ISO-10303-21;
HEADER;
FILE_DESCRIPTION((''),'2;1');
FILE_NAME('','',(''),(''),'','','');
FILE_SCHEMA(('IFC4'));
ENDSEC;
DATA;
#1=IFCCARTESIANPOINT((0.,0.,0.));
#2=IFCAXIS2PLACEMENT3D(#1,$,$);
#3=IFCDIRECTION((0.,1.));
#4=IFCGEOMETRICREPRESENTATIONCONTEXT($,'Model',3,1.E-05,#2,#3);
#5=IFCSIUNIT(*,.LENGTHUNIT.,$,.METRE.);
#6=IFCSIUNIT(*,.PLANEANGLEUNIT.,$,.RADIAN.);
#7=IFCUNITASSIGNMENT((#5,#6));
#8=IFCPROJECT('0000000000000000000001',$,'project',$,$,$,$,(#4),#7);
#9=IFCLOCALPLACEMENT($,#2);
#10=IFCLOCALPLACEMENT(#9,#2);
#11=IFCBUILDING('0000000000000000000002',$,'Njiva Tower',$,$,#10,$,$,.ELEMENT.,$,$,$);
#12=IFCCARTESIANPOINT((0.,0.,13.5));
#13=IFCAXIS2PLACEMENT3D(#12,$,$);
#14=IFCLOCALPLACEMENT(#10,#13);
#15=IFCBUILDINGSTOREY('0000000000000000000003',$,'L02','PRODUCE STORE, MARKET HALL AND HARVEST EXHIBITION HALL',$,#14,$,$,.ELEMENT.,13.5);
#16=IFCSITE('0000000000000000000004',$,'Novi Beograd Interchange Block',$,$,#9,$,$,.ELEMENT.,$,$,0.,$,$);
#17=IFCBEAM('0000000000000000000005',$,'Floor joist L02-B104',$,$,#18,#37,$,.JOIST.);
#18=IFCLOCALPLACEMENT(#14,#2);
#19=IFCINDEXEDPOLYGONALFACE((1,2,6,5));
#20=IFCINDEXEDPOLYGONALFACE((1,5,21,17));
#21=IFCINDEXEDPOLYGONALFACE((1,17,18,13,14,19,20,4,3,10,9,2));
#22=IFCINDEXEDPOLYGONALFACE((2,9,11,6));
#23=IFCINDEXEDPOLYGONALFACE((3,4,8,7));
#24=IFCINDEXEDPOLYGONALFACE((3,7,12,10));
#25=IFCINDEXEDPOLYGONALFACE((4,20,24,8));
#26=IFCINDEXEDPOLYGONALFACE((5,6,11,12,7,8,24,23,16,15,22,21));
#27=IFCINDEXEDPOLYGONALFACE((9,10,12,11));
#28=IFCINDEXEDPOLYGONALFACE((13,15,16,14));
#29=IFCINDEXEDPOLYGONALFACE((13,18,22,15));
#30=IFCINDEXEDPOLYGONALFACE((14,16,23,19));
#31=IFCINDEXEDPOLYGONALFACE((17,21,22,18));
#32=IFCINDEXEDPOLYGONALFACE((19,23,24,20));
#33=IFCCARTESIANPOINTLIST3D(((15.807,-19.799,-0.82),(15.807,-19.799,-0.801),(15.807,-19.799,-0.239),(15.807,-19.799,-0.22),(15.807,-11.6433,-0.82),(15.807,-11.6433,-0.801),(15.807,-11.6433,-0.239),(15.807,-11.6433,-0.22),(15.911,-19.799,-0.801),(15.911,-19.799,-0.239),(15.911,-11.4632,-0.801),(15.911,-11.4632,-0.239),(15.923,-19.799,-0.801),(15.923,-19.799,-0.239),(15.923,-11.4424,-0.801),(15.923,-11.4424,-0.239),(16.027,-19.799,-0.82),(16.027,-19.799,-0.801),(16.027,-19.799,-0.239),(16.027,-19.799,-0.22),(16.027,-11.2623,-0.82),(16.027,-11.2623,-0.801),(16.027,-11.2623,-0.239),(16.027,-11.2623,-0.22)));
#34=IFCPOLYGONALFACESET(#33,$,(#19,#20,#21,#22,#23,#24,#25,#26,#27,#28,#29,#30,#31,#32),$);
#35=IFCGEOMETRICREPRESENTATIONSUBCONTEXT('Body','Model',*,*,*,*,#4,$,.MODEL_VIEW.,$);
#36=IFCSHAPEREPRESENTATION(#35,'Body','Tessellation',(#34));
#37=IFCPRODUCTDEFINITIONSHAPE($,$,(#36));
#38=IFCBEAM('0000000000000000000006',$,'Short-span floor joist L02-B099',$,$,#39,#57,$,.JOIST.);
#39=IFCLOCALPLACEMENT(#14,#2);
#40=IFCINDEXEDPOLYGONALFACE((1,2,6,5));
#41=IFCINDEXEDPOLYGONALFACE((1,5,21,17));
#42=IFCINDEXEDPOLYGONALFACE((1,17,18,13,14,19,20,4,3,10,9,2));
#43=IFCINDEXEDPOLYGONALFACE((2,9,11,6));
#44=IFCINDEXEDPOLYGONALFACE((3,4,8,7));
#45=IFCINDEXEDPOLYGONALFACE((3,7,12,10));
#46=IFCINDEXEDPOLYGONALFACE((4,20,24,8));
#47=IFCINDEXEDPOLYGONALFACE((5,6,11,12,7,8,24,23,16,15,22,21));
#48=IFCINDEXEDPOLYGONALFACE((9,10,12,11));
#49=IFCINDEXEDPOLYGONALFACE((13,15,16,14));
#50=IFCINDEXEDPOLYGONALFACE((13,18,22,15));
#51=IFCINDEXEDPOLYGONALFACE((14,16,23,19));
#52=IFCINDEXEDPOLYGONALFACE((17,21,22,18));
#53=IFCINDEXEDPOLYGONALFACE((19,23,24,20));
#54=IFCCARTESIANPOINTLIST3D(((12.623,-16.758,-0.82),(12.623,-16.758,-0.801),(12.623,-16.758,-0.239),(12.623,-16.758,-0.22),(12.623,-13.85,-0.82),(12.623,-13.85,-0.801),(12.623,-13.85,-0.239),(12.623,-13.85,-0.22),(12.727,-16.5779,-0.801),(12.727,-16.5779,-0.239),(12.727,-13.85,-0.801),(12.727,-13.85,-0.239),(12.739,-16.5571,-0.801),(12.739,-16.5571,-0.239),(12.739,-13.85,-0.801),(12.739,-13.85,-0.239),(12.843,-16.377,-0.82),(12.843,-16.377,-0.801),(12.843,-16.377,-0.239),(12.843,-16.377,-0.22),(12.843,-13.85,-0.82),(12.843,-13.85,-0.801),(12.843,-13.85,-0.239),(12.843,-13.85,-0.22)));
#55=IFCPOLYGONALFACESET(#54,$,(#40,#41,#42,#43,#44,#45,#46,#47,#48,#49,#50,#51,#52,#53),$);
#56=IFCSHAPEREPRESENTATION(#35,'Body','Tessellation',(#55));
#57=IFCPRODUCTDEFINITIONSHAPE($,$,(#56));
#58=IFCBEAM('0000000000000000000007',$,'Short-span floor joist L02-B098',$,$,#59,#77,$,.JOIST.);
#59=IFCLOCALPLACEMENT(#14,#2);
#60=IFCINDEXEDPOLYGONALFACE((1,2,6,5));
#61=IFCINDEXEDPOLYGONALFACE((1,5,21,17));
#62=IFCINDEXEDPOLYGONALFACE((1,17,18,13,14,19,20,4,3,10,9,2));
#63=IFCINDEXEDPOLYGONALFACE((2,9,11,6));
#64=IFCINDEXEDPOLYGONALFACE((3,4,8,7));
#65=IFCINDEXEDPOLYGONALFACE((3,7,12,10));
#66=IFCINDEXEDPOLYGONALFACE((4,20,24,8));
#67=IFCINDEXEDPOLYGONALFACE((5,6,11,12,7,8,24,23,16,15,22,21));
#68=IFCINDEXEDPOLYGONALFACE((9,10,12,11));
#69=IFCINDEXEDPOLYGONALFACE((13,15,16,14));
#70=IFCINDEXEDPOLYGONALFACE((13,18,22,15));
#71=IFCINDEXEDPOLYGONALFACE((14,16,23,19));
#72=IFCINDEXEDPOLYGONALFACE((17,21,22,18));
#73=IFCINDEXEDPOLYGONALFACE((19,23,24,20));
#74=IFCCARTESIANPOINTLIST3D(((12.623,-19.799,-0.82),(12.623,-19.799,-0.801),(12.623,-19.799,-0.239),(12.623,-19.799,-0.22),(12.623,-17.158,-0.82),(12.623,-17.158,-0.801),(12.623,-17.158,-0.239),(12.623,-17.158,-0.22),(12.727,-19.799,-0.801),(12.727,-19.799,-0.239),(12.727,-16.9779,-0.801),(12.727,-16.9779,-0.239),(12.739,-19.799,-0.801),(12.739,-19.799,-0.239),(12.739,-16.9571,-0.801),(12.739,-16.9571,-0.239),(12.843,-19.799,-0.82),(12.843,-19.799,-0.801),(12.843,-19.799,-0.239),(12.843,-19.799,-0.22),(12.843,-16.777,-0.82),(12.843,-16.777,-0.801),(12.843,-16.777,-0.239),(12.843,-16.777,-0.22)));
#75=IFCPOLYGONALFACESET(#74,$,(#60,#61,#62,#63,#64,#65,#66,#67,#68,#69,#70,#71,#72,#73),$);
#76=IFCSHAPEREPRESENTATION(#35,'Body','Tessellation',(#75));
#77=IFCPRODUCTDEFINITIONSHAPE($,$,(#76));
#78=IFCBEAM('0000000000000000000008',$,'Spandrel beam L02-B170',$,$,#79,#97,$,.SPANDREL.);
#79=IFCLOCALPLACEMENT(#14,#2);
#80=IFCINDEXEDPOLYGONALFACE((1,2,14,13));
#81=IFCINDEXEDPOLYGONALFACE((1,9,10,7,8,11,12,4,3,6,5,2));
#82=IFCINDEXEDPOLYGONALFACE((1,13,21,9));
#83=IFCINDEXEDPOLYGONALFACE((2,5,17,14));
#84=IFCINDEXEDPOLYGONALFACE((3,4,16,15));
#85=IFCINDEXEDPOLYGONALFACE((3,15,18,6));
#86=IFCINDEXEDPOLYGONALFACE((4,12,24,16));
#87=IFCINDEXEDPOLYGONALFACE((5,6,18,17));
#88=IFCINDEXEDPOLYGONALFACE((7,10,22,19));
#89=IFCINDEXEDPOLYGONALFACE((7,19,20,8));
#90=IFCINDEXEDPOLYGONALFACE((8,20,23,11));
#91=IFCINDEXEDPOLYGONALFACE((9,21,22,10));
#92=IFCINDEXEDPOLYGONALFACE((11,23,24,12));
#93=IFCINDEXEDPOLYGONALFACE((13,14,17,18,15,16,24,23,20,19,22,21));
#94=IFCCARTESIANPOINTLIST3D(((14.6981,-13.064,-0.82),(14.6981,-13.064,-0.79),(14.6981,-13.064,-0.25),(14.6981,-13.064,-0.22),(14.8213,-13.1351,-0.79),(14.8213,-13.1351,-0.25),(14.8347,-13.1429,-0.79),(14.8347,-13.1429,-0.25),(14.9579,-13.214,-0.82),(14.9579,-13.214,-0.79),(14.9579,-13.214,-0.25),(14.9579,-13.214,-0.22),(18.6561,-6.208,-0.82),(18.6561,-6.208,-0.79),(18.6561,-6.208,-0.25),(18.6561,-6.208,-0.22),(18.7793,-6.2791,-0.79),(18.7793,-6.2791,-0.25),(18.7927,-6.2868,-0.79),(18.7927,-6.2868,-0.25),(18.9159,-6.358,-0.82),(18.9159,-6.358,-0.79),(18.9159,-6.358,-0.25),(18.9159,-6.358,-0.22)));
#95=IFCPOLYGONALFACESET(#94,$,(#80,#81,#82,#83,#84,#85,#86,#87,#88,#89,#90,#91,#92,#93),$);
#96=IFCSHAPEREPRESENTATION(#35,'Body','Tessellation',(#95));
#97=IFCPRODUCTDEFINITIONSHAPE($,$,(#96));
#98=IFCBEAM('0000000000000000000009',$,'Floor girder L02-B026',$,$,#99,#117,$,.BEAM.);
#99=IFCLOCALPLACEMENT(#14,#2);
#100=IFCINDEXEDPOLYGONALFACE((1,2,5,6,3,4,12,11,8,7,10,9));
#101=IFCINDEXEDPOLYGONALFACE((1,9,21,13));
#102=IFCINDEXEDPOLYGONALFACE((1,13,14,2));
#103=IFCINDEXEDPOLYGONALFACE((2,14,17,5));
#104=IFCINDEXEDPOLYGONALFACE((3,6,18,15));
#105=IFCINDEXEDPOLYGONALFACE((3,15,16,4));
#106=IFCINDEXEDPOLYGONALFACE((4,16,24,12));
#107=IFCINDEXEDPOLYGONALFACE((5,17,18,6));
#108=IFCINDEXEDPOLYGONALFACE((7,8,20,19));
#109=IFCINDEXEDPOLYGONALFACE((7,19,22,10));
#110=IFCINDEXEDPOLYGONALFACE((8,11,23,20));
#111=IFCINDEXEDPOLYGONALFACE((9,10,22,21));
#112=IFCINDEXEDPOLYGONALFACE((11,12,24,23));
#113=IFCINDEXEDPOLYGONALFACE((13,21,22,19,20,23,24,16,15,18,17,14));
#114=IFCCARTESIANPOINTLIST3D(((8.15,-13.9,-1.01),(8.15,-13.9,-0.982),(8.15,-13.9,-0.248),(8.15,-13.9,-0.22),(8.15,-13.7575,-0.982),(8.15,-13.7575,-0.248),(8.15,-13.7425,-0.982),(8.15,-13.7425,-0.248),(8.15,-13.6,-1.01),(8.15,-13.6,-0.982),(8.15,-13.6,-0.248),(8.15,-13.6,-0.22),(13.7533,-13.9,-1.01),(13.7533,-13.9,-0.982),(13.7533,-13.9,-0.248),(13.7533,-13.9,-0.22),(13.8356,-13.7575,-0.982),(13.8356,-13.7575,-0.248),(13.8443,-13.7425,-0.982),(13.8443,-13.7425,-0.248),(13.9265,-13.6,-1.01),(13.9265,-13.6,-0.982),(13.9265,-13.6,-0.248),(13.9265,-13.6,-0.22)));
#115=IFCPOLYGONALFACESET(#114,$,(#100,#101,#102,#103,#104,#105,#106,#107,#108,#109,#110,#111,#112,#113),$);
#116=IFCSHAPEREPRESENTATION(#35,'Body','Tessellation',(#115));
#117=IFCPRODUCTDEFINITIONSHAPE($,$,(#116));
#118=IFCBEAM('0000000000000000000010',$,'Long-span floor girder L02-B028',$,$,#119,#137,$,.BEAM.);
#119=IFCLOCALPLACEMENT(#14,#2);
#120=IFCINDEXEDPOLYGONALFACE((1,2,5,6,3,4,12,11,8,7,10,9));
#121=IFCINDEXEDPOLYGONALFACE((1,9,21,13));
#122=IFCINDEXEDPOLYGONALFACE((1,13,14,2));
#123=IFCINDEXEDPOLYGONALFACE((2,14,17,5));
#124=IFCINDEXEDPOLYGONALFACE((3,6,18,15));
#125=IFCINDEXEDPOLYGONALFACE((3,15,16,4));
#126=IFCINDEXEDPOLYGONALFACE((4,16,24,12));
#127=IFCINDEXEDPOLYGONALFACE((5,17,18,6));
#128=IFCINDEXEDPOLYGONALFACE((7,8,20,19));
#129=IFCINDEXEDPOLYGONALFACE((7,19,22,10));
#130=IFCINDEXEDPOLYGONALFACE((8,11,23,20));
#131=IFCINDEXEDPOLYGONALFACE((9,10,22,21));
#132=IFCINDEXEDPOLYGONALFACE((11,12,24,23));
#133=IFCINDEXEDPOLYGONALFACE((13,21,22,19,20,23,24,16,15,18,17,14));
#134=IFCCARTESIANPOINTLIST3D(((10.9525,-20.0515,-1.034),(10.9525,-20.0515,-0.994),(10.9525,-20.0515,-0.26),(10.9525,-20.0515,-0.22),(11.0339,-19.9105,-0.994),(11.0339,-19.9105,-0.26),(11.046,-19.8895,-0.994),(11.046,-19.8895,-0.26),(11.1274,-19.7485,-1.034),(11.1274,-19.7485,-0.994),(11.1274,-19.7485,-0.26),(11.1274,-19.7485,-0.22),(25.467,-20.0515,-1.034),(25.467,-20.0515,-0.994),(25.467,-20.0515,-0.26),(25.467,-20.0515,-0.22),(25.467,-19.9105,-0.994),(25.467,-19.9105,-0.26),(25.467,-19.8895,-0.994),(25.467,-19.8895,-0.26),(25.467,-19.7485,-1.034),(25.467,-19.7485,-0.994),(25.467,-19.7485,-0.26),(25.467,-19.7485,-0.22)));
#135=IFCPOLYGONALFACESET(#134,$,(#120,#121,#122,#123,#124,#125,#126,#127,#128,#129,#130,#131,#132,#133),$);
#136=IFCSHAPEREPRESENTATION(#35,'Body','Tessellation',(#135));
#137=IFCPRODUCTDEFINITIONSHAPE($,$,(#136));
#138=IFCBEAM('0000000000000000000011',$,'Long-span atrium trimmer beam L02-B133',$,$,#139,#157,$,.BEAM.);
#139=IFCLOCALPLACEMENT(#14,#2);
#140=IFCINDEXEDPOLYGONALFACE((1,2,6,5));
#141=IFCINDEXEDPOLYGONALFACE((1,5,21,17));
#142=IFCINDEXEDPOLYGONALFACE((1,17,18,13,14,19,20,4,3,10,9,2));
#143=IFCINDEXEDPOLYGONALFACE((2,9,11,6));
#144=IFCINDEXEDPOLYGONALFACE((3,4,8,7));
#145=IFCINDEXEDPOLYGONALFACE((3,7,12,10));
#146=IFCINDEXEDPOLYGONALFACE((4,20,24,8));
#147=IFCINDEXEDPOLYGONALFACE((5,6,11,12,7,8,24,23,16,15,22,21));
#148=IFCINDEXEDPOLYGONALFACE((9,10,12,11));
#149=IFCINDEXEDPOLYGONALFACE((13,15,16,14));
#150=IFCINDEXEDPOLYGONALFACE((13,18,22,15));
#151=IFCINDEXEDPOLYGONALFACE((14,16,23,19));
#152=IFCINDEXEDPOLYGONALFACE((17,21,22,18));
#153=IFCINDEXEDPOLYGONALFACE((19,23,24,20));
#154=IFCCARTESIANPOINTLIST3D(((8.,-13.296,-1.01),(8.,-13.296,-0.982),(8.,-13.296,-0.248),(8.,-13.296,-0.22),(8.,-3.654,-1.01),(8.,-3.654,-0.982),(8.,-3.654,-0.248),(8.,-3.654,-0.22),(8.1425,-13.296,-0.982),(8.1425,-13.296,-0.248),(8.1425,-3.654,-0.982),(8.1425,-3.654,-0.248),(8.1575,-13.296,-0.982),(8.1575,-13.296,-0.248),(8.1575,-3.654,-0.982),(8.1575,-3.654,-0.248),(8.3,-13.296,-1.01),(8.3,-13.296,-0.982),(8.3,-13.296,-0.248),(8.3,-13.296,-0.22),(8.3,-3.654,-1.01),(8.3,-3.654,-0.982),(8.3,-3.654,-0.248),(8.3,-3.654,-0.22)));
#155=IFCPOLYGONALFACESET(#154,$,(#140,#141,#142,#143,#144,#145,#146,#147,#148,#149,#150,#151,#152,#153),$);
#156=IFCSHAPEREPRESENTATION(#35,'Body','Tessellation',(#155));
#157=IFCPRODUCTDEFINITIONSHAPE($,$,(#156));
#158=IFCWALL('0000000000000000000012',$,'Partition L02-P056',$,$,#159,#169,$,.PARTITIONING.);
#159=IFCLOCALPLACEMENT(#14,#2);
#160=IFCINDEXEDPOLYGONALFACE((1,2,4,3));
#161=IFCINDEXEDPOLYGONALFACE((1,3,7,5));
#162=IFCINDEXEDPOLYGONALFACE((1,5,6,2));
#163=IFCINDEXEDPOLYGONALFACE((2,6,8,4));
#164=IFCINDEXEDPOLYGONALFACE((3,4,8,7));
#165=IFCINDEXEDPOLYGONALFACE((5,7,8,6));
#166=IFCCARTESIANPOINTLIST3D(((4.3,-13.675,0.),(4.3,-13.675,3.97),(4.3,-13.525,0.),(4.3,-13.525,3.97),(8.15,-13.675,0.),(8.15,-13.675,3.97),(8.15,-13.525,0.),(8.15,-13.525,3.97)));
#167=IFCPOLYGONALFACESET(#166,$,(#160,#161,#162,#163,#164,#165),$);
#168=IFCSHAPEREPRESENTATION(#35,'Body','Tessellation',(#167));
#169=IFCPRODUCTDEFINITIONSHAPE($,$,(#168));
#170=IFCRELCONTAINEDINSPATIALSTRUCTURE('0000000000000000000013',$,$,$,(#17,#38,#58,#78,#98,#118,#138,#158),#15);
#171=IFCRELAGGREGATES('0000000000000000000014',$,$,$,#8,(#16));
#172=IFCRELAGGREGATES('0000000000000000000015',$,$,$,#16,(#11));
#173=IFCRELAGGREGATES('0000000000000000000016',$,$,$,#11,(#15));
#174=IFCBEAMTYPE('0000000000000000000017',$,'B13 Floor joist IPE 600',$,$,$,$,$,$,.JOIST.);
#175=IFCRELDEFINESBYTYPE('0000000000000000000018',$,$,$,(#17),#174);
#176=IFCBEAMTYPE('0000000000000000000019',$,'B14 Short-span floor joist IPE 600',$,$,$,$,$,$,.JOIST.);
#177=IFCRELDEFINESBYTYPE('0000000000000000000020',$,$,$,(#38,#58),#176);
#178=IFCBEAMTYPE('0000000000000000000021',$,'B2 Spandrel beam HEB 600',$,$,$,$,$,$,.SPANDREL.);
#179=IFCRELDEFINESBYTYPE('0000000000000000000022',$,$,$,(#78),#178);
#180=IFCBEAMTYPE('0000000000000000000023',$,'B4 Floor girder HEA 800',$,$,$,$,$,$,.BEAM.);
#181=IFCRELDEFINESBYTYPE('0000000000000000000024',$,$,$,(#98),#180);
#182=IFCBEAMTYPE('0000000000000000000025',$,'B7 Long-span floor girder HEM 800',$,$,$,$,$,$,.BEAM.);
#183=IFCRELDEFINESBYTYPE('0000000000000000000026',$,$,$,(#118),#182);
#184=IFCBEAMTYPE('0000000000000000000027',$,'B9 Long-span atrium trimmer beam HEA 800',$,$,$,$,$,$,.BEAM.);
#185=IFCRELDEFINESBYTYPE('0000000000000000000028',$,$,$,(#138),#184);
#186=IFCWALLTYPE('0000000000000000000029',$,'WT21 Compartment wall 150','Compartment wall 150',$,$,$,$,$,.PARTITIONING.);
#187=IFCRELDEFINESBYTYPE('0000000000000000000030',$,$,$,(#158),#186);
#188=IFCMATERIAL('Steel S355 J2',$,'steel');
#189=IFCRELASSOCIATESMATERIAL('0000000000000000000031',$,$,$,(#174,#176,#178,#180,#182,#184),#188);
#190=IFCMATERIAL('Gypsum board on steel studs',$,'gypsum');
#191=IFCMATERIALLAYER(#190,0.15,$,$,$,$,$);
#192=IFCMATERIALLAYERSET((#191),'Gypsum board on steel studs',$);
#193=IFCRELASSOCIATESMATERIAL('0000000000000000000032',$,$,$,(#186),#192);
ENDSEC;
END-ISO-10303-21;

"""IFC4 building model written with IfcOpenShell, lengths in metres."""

from ifc_helpers import new_model, si_unit, direction, frame, frame_2d, origin, origin_2d, place, context, subcontext, project, spatial, rectangle, i_section, extrude, clip, halfspace, material, layer, layer_set, material_profile, profile_set, type_object, element, save


model = new_model("IFC4")

# Units and contexts
model_context = context("Model", 3, precision=1e-05, world=origin(), true_north=direction((0.0, 1.0)))
body_context = subcontext(model_context, "Body", "Model", "MODEL_VIEW")
ifc_project = project(units=[si_unit("LENGTHUNIT", "METRE"), si_unit("PLANEANGLEUNIT", "RADIAN")], contexts=[model_context])

# Site, building, storey
site_placement = place(None, origin())
site = spatial("IfcSite", under=ifc_project, at=site_placement, Name="Novi Beograd Interchange Block", CompositionType="ELEMENT", RefElevation=0.0)
building_placement = place(site_placement, origin())
building = spatial("IfcBuilding", under=site, at=building_placement, Name="Njiva Tower", CompositionType="ELEMENT")
storey_placement = place(building_placement, frame((0.0, 0.0, 13.5)))
storey = spatial("IfcBuildingStorey", under=building, at=storey_placement, Name="L02", Description="PRODUCE STORE, MARKET HALL AND HARVEST EXHIBITION HALL", CompositionType="ELEMENT", Elevation=13.5)

# Shared definitions
ifc_material_1 = material(Name="Steel S355 J2", Category="steel")

# Beams
ifc_material_profile_1 = material_profile(ifc_material_1, i_section(OverallWidth=0.22, OverallDepth=0.6, WebThickness=0.012, FlangeThickness=0.019, at=origin_2d()), Name="IPE 600")
ifc_profile_set_1 = profile_set([ifc_material_profile_1], Name="Steel S355 J2")
beam_type_1 = type_object("IfcBeamType", Name="B13 Floor joist IPE 600", PredefinedType="JOIST", material=ifc_profile_set_1)
beam_1_placement = place(storey_placement, frame((15.917, -11.242, -0.52), z_axis=(0.0, -1.0, 0.0), x_axis=(1.0, 0.0, 0.0)))
element("IfcBeam", 1, at=beam_1_placement, inside=storey, type_object=beam_type_1, Name="Floor joist L02-B104", PredefinedType="JOIST", context=body_context, shape_type="Clipping", body=[
    clip(extrude(i_section(OverallWidth=0.22, OverallDepth=0.6, WebThickness=0.012, FlangeThickness=0.019, at=origin_2d()), origin(), (0.0, 0.0, 1.0), 8.557), halfspace(frame((-0.0436, 0.0, 0.2863), z_axis=(-0.866027, 0.0, -0.499998), x_axis=(0.0, -1.0, 0.0)), False)),
])
ifc_material_profile_2 = material_profile(ifc_material_1, i_section(OverallWidth=0.22, OverallDepth=0.6, WebThickness=0.012, FlangeThickness=0.019, at=origin_2d()), Name="IPE 600")
ifc_profile_set_2 = profile_set([ifc_material_profile_2], Name="Steel S355 J2")
beam_type_2 = type_object("IfcBeamType", Name="B14 Short-span floor joist IPE 600", PredefinedType="JOIST", material=ifc_profile_set_2)
beam_2_placement = place(storey_placement, frame((12.733, -13.85, -0.52), z_axis=(0.0, -1.0, 0.0), x_axis=(1.0, 0.0, 0.0)))
element("IfcBeam", 2, at=beam_2_placement, inside=storey, type_object=beam_type_2, Name="Short-span floor joist L02-B099", PredefinedType="JOIST", context=body_context, shape_type="Clipping", body=[
    clip(extrude(i_section(OverallWidth=0.22, OverallDepth=0.6, WebThickness=0.012, FlangeThickness=0.019, at=origin_2d()), origin(), (0.0, 0.0, 1.0), 2.928), halfspace(frame((0.0436, 0.0, 2.642), z_axis=(0.866027, 0.0, 0.499998), x_axis=(0.0, 1.0, 0.0)), False)),
])
beam_3_placement = place(storey_placement, frame((12.733, -16.756, -0.52), z_axis=(0.0, -1.0, 0.0), x_axis=(1.0, 0.0, 0.0)))
element("IfcBeam", 3, at=beam_3_placement, inside=storey, type_object=beam_type_2, Name="Short-span floor joist L02-B098", PredefinedType="JOIST", context=body_context, shape_type="Clipping", body=[
    clip(extrude(i_section(OverallWidth=0.22, OverallDepth=0.6, WebThickness=0.012, FlangeThickness=0.019, at=origin_2d()), origin(), (0.0, 0.0, 1.0), 3.043), halfspace(frame((-0.043, 0.0, 0.286), z_axis=(-0.866027, 0.0, -0.499998), x_axis=(0.0, -1.0, 0.0)), False)),
])
ifc_material_profile_3 = material_profile(ifc_material_1, i_section(OverallWidth=0.3, OverallDepth=0.6, WebThickness=0.0155, FlangeThickness=0.03, at=origin_2d()), Name="HEB 600")
ifc_profile_set_3 = profile_set([ifc_material_profile_3], Name="Steel S355 J2")
beam_type_3 = type_object("IfcBeamType", Name="B2 Spandrel beam HEB 600", PredefinedType="SPANDREL", material=ifc_profile_set_3)
beam_4_placement = place(storey_placement, frame((14.828, -13.139, -0.52), z_axis=(0.49997, 0.866043, 0.0), x_axis=(-0.866043, 0.49997, 0.0)))
element("IfcBeam", 4, at=beam_4_placement, inside=storey, type_object=beam_type_3, Name="Spandrel beam L02-B170", PredefinedType="SPANDREL", context=body_context, shape_type="SweptSolid", body=[
    extrude(i_section(OverallWidth=0.3, OverallDepth=0.6, WebThickness=0.0155, FlangeThickness=0.03, at=origin_2d()), origin(), (0.0, 0.0, 1.0), 7.9165),
])
ifc_material_profile_4 = material_profile(ifc_material_1, i_section(OverallWidth=0.3, OverallDepth=0.79, WebThickness=0.015, FlangeThickness=0.028, at=origin_2d()), Name="HEA 800")
ifc_profile_set_4 = profile_set([ifc_material_profile_4], Name="Steel S355 J2")
beam_type_4 = type_object("IfcBeamType", Name="B4 Floor girder HEA 800", PredefinedType="BEAM", material=ifc_profile_set_4)
beam_5_placement = place(storey_placement, frame((8.15, -13.75, -0.615), z_axis=(1.0, 0.0, 0.0), x_axis=(0.0, 1.0, 0.0)))
element("IfcBeam", 5, at=beam_5_placement, inside=storey, type_object=beam_type_4, Name="Floor girder L02-B026", PredefinedType="BEAM", context=body_context, shape_type="Clipping", body=[
    clip(extrude(i_section(OverallWidth=0.3, OverallDepth=0.79, WebThickness=0.015, FlangeThickness=0.028, at=origin_2d()), origin(), (0.0, 0.0, 1.0), 5.797), halfspace(frame((-0.025, 0.0, 5.6755), z_axis=(-0.499998, 0.0, 0.866027), x_axis=(0.0, 1.0, 0.0)), False)),
])
ifc_material_profile_5 = material_profile(ifc_material_1, i_section(OverallWidth=0.303, OverallDepth=0.814, WebThickness=0.021, FlangeThickness=0.04, at=origin_2d()), Name="HEM 800")
ifc_profile_set_5 = profile_set([ifc_material_profile_5], Name="Steel S355 J2")
beam_type_5 = type_object("IfcBeamType", Name="B7 Long-span floor girder HEM 800", PredefinedType="BEAM", material=ifc_profile_set_5)
beam_6_placement = place(storey_placement, frame((10.933, -19.9, -0.627), z_axis=(1.0, 0.0, 0.0), x_axis=(0.0, 1.0, 0.0)))
element("IfcBeam", 6, at=beam_6_placement, inside=storey, type_object=beam_type_5, Name="Long-span floor girder L02-B028", PredefinedType="BEAM", context=body_context, shape_type="Clipping", body=[
    clip(extrude(i_section(OverallWidth=0.303, OverallDepth=0.814, WebThickness=0.021, FlangeThickness=0.04, at=origin_2d()), origin(), (0.0, 0.0, 1.0), 14.534), halfspace(frame((0.025, 0.0, 0.1214), z_axis=(0.499998, 0.0, -0.866027), x_axis=(0.0, -1.0, 0.0)), False)),
])
ifc_material_profile_6 = material_profile(ifc_material_1, i_section(OverallWidth=0.3, OverallDepth=0.79, WebThickness=0.015, FlangeThickness=0.028, at=origin_2d()), Name="HEA 800")
ifc_profile_set_6 = profile_set([ifc_material_profile_6], Name="Steel S355 J2")
beam_type_6 = type_object("IfcBeamType", Name="B9 Long-span atrium trimmer beam HEA 800", PredefinedType="BEAM", material=ifc_profile_set_6)
beam_7_placement = place(storey_placement, frame((8.15, -13.296, -0.615), z_axis=(0.0, 1.0, 0.0), x_axis=(-1.0, 0.0, 0.0)))
element("IfcBeam", 7, at=beam_7_placement, inside=storey, type_object=beam_type_6, Name="Long-span atrium trimmer beam L02-B133", PredefinedType="BEAM", context=body_context, shape_type="SweptSolid", body=[
    extrude(i_section(OverallWidth=0.3, OverallDepth=0.79, WebThickness=0.015, FlangeThickness=0.028, at=origin_2d()), origin(), (0.0, 0.0, 1.0), 9.642),
])

# Wall
ifc_material_2 = material(Name="Gypsum board on steel studs", Category="gypsum")
ifc_layer_1 = layer(ifc_material_2, 0.15)
ifc_layer_set_1 = layer_set([ifc_layer_1], Name="Gypsum board on steel studs")
wall_type_1 = type_object("IfcWallType", Name="WT21 Compartment wall 150", Description="Compartment wall 150", PredefinedType="PARTITIONING", material=ifc_layer_set_1)
wall_1_placement = place(storey_placement, frame((4.3, -13.6, 0.0), z_axis=(0.0, 0.0, 1.0), x_axis=(1.0, 0.0, 0.0)))
element("IfcWall", 8, at=wall_1_placement, inside=storey, type_object=wall_type_1, Name="Partition L02-P056", PredefinedType="PARTITIONING", context=body_context, shape_type="SweptSolid", body=[
    extrude(rectangle(XDim=3.85, YDim=0.15, at=frame_2d((1.925, 0.0))), origin(), (0.0, 0.0, 1.0), 3.97),
])

save(model, "model.ifc")
